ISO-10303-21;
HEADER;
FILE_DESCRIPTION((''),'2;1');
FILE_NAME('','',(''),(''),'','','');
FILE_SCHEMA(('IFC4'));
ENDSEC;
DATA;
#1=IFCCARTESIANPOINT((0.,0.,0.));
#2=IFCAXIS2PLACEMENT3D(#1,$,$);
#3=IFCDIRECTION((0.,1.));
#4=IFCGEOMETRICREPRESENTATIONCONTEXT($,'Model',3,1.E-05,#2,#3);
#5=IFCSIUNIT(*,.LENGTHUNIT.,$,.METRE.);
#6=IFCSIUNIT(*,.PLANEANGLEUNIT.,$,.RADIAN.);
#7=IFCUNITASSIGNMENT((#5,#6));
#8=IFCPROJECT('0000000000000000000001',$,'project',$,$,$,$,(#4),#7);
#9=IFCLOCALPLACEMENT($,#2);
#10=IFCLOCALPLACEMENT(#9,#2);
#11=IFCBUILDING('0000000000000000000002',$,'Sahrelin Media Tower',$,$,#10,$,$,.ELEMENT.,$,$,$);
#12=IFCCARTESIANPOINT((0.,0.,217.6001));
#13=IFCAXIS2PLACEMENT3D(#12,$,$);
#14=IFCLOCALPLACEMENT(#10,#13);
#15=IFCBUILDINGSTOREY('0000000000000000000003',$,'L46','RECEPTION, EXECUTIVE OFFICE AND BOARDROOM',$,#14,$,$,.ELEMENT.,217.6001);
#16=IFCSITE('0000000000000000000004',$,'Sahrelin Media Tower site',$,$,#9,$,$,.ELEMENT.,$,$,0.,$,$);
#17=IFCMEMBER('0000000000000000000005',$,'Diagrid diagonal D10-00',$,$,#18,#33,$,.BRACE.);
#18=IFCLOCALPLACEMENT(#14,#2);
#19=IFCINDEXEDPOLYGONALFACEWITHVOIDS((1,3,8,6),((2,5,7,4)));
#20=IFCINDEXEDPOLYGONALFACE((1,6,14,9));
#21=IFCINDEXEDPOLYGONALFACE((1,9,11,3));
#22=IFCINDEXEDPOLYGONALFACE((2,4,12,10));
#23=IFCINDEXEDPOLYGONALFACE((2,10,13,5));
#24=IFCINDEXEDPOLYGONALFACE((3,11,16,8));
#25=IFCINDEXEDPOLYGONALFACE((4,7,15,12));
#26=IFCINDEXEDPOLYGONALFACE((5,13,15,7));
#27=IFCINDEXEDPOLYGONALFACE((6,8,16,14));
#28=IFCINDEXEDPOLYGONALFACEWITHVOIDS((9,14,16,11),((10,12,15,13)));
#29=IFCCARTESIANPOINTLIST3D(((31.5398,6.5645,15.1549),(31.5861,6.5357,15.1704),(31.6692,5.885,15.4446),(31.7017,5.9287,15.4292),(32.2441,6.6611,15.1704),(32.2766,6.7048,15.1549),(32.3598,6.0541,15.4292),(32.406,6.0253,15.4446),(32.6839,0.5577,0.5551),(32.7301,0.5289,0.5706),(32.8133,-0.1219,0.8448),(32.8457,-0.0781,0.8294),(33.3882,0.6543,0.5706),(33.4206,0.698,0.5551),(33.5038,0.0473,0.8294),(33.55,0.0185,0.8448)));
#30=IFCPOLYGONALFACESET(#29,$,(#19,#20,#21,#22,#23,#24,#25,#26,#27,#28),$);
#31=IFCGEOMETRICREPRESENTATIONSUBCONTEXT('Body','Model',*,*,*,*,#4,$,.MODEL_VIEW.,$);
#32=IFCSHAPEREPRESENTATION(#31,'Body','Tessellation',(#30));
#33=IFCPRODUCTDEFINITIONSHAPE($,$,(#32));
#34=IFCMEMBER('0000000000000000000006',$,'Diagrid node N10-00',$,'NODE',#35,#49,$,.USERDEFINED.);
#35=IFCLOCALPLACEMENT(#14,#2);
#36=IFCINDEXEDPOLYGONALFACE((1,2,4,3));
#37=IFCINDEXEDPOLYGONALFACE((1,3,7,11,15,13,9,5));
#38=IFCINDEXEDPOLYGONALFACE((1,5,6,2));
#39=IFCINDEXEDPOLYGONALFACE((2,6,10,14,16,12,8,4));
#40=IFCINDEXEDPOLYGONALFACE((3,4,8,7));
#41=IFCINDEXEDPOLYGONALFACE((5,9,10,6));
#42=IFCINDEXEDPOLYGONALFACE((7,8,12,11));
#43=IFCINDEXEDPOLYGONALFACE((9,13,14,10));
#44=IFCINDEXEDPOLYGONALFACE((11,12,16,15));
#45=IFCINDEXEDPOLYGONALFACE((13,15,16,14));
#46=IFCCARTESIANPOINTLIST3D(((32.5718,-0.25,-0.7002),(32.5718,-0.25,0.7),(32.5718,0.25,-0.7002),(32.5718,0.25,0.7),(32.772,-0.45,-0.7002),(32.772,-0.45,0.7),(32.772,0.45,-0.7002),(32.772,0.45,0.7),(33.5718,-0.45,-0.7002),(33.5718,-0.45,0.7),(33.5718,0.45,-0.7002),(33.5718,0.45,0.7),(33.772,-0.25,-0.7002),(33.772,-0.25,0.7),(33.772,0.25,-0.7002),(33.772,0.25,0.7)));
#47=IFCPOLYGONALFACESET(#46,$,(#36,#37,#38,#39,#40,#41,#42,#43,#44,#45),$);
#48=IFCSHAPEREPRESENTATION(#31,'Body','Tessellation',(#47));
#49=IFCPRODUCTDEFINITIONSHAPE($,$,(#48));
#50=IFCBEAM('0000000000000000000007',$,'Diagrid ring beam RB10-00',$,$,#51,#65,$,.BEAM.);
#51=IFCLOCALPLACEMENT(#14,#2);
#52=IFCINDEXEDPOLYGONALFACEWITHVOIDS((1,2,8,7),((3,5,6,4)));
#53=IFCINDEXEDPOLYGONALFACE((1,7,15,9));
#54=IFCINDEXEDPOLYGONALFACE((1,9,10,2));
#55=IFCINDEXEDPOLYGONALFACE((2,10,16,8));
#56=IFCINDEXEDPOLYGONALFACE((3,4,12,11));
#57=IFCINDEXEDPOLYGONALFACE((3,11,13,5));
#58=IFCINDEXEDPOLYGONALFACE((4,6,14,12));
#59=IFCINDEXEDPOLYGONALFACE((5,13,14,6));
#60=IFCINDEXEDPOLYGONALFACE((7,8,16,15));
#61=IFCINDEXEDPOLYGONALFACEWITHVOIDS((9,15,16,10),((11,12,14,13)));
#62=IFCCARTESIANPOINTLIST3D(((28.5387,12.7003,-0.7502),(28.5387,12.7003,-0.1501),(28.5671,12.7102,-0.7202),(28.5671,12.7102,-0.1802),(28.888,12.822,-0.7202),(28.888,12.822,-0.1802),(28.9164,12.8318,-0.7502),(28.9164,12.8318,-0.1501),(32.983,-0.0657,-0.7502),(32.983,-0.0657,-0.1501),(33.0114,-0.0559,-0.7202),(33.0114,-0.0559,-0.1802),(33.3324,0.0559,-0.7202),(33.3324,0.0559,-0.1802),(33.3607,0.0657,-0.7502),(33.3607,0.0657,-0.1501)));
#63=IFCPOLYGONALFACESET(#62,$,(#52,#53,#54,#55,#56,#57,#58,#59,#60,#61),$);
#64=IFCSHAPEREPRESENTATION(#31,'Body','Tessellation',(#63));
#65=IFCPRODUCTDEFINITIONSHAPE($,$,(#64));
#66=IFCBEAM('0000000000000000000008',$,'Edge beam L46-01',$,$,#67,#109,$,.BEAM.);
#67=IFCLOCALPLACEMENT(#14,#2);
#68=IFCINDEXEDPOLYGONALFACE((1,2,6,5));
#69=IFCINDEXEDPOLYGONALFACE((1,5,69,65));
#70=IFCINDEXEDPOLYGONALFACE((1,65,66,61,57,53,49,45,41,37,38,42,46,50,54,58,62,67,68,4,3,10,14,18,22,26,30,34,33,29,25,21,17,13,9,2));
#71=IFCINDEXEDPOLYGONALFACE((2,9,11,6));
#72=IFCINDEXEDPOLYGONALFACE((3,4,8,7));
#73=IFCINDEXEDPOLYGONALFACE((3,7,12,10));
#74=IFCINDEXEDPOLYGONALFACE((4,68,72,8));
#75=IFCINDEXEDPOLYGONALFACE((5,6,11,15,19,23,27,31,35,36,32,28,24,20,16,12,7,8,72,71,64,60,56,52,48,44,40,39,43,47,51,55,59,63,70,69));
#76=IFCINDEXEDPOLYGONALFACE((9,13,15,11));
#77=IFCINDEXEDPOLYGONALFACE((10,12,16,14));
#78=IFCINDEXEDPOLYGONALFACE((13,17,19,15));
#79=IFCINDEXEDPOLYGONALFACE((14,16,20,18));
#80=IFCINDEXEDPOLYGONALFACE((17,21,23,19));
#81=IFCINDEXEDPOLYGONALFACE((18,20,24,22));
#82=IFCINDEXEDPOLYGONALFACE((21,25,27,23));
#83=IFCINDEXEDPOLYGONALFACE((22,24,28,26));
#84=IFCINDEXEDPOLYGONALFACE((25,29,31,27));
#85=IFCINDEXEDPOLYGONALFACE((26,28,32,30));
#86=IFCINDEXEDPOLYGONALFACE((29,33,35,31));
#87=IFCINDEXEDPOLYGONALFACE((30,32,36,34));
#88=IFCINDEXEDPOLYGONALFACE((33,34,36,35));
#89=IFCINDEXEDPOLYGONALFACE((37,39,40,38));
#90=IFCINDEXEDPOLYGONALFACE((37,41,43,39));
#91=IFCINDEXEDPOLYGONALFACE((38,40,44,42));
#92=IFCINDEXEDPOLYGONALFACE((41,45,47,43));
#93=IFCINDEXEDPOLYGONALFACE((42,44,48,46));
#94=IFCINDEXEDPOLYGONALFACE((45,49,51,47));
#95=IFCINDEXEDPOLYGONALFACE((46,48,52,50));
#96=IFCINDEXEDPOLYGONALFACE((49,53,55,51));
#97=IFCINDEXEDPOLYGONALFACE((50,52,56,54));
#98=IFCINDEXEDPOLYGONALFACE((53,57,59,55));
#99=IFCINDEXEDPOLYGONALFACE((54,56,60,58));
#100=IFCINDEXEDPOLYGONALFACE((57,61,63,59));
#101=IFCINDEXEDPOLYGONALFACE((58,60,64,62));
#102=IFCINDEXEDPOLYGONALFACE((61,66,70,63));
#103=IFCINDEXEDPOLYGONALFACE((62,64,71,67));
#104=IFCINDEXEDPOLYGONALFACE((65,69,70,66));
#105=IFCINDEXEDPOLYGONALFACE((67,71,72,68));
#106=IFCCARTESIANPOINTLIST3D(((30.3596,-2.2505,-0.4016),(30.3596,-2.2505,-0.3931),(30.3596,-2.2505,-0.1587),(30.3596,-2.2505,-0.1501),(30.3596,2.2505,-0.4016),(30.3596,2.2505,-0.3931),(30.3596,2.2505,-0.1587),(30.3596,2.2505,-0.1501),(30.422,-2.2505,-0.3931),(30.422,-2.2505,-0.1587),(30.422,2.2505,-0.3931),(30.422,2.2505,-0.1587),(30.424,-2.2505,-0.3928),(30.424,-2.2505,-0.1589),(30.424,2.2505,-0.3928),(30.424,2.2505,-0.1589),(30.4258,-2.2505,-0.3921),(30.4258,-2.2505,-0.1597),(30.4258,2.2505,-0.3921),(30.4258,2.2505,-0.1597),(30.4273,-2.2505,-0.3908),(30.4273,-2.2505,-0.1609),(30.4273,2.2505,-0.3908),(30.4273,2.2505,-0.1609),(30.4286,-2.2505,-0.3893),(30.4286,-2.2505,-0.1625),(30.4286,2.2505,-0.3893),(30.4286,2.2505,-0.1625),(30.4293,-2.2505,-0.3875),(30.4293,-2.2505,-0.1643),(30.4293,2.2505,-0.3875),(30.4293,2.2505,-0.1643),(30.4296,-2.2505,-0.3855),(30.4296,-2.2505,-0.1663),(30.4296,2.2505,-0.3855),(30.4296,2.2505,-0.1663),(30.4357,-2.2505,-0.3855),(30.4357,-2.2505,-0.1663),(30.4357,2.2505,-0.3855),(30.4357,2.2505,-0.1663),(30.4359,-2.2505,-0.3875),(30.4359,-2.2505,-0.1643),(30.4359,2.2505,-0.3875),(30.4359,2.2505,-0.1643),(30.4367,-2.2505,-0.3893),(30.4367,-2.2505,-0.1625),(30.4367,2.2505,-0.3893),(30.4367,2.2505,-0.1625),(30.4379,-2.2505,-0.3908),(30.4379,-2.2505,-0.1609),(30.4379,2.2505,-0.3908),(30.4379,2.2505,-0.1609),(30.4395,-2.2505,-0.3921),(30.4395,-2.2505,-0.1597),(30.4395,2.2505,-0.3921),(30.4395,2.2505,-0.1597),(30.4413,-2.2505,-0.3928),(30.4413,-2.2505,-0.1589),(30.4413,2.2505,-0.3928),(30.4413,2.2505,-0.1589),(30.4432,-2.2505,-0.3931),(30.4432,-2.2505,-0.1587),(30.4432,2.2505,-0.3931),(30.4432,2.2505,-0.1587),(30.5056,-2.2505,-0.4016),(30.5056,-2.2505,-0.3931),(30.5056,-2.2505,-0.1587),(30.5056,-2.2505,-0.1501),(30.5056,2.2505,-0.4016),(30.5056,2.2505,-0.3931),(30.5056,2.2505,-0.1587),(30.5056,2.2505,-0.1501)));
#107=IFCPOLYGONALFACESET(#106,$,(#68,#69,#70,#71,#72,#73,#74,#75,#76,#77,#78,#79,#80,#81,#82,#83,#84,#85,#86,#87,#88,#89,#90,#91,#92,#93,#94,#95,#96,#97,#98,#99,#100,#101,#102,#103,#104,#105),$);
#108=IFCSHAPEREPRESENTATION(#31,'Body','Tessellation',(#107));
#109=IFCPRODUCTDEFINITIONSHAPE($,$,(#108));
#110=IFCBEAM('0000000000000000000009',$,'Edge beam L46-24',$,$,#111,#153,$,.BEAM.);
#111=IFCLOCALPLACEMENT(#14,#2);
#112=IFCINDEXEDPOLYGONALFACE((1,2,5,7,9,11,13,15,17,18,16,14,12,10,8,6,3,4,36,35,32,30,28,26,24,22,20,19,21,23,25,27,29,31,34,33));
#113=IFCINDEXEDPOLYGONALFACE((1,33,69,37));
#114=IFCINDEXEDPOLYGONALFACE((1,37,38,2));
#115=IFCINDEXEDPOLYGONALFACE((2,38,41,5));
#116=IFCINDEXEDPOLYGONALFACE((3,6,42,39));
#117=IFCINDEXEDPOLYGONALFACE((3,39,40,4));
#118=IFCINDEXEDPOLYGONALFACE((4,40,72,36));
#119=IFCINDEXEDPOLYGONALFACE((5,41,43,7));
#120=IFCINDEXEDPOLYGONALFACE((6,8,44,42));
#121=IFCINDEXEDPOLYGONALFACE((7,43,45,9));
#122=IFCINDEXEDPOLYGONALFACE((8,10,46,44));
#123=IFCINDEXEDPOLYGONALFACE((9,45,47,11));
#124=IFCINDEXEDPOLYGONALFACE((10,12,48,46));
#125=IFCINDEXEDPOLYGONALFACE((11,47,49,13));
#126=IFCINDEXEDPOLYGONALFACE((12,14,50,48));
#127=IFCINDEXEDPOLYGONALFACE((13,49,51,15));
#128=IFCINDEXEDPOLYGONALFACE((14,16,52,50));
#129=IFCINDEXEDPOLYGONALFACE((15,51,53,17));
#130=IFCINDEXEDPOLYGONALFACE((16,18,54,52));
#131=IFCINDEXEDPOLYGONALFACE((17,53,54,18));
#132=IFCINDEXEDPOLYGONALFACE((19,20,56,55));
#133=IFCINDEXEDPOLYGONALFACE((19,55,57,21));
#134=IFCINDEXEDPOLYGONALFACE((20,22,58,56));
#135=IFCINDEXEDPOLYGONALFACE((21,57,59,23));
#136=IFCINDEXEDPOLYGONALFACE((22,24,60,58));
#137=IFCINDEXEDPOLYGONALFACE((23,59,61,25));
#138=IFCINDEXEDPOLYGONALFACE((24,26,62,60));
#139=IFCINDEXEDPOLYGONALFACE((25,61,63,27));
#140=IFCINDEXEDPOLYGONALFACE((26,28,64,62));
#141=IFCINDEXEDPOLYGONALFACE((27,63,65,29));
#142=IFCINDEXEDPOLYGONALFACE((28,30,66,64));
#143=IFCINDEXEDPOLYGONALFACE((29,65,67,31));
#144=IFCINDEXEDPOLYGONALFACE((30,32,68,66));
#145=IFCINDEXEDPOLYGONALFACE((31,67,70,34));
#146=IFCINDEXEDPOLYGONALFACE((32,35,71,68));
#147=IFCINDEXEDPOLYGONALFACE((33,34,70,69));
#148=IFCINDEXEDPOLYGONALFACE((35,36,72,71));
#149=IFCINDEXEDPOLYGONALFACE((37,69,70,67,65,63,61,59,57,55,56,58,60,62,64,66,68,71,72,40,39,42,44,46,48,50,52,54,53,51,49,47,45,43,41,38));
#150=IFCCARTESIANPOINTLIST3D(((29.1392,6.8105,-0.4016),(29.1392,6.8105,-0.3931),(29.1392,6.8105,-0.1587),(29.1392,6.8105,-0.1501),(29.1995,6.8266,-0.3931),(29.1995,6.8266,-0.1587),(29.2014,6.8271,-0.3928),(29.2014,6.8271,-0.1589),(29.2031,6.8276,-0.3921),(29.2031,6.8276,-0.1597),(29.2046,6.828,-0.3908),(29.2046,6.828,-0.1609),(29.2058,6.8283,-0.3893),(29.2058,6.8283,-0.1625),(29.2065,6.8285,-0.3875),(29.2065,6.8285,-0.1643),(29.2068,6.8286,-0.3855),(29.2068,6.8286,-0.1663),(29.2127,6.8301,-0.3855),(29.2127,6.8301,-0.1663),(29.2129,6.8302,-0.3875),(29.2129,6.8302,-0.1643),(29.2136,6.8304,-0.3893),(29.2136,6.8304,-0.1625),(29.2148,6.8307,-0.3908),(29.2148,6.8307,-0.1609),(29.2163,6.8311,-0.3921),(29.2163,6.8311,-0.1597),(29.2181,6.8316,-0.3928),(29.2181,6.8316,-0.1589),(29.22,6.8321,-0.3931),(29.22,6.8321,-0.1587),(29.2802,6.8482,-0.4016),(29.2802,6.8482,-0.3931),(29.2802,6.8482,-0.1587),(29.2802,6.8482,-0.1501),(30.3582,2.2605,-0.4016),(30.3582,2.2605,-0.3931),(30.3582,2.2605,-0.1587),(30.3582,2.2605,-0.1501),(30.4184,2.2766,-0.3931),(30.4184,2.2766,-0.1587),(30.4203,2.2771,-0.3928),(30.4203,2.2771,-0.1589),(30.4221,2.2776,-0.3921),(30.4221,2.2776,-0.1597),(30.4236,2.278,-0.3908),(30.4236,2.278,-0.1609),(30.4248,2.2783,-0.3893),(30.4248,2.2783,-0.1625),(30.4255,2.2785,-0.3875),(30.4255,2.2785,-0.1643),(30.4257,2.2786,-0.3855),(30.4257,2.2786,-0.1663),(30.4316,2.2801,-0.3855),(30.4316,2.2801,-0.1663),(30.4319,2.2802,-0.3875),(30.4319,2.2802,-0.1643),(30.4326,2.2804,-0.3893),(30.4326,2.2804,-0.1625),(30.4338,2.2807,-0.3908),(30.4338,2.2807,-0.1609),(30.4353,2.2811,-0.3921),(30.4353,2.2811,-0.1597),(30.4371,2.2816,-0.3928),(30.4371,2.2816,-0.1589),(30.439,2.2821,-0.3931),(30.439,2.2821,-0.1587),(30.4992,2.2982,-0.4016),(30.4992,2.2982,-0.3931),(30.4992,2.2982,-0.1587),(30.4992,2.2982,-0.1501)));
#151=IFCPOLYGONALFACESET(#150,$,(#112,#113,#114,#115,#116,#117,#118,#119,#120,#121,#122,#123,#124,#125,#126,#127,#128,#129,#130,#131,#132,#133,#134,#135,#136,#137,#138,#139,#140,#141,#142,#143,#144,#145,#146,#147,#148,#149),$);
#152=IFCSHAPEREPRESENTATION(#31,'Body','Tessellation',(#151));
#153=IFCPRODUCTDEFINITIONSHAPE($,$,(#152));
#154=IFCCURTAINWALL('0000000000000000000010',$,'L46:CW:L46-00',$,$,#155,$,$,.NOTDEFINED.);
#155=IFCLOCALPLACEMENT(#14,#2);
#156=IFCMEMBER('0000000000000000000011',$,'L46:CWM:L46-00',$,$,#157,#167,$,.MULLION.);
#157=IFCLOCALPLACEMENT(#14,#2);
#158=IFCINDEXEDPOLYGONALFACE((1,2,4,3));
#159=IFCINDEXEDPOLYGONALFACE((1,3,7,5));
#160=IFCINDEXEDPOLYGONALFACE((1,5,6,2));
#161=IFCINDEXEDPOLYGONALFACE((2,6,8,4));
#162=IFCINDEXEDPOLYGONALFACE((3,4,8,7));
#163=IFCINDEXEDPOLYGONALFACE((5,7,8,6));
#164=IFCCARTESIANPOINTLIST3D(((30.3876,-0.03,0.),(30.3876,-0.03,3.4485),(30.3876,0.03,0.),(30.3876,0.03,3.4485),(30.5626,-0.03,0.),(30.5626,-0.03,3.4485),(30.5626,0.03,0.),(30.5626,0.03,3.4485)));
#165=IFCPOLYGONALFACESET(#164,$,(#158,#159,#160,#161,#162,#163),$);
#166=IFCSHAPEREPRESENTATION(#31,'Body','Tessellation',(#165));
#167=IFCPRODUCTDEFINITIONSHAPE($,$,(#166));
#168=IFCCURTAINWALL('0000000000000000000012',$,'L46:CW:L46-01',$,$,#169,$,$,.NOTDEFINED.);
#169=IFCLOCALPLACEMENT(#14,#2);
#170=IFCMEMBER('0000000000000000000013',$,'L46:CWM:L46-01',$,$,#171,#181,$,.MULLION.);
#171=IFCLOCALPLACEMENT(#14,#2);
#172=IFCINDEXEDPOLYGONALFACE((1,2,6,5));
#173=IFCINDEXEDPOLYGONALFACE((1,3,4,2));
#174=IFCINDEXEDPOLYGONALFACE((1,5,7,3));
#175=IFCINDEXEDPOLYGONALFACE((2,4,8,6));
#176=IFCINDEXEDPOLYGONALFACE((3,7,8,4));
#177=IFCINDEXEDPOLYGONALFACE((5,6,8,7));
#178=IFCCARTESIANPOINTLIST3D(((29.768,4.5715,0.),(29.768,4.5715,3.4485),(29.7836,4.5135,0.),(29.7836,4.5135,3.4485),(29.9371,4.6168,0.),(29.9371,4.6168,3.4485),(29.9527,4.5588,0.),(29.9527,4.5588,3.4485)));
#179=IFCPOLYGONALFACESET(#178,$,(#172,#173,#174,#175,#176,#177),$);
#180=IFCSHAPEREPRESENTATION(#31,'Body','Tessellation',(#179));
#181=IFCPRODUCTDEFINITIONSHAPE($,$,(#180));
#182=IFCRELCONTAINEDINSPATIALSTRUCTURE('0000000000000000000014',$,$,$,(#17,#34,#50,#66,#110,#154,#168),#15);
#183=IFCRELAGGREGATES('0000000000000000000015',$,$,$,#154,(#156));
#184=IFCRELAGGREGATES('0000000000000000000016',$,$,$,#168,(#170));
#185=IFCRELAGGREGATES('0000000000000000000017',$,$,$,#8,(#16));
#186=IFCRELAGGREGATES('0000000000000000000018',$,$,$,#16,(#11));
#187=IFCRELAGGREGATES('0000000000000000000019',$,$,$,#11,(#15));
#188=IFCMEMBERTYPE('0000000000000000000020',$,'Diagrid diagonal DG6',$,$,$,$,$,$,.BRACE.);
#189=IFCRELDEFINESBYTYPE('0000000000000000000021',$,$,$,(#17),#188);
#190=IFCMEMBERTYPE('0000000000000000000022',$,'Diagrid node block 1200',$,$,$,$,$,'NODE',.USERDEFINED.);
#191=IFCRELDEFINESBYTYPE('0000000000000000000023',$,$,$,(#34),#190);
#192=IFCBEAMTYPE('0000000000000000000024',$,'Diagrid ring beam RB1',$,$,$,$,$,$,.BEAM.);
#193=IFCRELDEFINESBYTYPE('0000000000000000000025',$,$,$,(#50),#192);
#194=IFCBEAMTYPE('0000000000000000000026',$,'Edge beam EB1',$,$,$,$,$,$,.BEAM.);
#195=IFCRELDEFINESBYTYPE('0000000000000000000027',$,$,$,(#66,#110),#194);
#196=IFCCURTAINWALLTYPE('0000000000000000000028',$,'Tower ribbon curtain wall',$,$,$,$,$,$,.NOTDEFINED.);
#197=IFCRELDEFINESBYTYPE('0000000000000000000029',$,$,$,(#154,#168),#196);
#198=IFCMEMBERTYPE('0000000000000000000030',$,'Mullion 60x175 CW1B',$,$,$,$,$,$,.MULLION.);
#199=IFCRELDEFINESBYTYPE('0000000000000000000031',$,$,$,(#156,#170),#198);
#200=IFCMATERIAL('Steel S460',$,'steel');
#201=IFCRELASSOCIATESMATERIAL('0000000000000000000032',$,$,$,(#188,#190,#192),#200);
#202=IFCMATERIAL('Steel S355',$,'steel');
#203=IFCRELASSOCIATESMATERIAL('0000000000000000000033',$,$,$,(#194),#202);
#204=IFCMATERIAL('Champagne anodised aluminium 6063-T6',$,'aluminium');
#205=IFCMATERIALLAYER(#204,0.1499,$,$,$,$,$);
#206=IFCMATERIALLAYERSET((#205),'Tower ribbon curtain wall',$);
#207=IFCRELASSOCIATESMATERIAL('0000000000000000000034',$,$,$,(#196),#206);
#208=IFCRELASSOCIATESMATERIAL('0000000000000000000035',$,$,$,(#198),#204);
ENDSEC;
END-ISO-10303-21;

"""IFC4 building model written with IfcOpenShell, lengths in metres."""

from ifc_helpers import new_model, si_unit, direction, frame, origin, origin_2d, place, context, subcontext, project, spatial, polyline, rectangle, hollow_rectangle, i_section, outline, extrude, material, layer, layer_set, material_profile, profile_set, type_object, element, aggregate, save


model = new_model("IFC4")

# Units and contexts
model_context = context("Model", 3, precision=1e-05, world=origin(), true_north=direction((0.0, 1.0)))
body_context = subcontext(model_context, "Body", "Model", "MODEL_VIEW")
ifc_project = project(units=[si_unit("LENGTHUNIT", "METRE"), si_unit("PLANEANGLEUNIT", "RADIAN")], contexts=[model_context])

# Site, building, storey
site_placement = place(None, origin())
site = spatial("IfcSite", under=ifc_project, at=site_placement, Name="Sahrelin Media Tower site", CompositionType="ELEMENT", RefElevation=0.0)
building_placement = place(site_placement, origin())
building = spatial("IfcBuilding", under=site, at=building_placement, Name="Sahrelin Media Tower", CompositionType="ELEMENT")
storey_placement = place(building_placement, frame((0.0, 0.0, 217.6001)))
storey = spatial("IfcBuildingStorey", under=building, at=storey_placement, Name="L46", Description="RECEPTION, EXECUTIVE OFFICE AND BOARDROOM", CompositionType="ELEMENT", Elevation=217.6001)

# Members
ifc_material_1 = material(Name="Steel S460", Category="steel")
ifc_material_profile_1 = material_profile(ifc_material_1, hollow_rectangle(XDim=0.75, YDim=0.75, WallThickness=0.04, at=origin_2d()), Name="Diagrid diagonal DG6")
ifc_profile_set_1 = profile_set([ifc_material_profile_1], Name="Steel S460")
member_type_1 = type_object("IfcMemberType", Name="Diagrid diagonal DG6", PredefinedType="BRACE", material=ifc_profile_set_1)
member_1_placement = place(storey_placement, frame((33.1169, 0.2881, 0.7), z_axis=(-0.072277, 0.379491, 0.922368), x_axis=(-0.982342, -0.187094, 0.0)))
element("IfcMember", 1, at=member_1_placement, inside=storey, type_object=member_type_1, Name="Diagrid diagonal D10-00", PredefinedType="BRACE", context=body_context, shape_type="SweptSolid", body=[
    extrude(hollow_rectangle(XDim=0.75, YDim=0.75, WallThickness=0.04, at=origin_2d()), origin(), (0.0, 0.0, 1.0), 15.8286),
])
ifc_material_profile_2 = material_profile(ifc_material_1, outline(polyline([(0.3999, -0.45), (0.6001, -0.25), (0.6001, 0.25), (0.3999, 0.45), (-0.3999, 0.45), (-0.6001, 0.25), (-0.6001, -0.25), (-0.3999, -0.45), (0.3999, -0.45)])), Name="Diagrid node block 1200")
ifc_profile_set_2 = profile_set([ifc_material_profile_2], Name="Steel S460")
member_type_2 = type_object("IfcMemberType", Name="Diagrid node block 1200", ElementType="NODE", PredefinedType="USERDEFINED", material=ifc_profile_set_2)
member_2_placement = place(storey_placement, frame((33.1719, 0.0, -0.7002), z_axis=(0.0, 0.0, 1.0), x_axis=(1.0, 0.0, 0.0)))
element("IfcMember", 2, at=member_2_placement, inside=storey, type_object=member_type_2, Name="Diagrid node N10-00", ObjectType="NODE", PredefinedType="USERDEFINED", context=body_context, shape_type="SweptSolid", body=[
    extrude(outline(polyline([(0.3999, -0.45), (0.6001, -0.25), (0.6001, 0.25), (0.3999, 0.45), (-0.3999, 0.45), (-0.6001, 0.25), (-0.6001, -0.25), (-0.3999, -0.45), (0.3999, -0.45)])), origin(), (0.0, 0.0, 1.0), 1.4001),
])

# Beams
ifc_material_profile_3 = material_profile(ifc_material_1, hollow_rectangle(XDim=0.3999, YDim=0.6001, WallThickness=0.03, at=origin_2d()), Name="Diagrid ring beam RB1")
ifc_profile_set_3 = profile_set([ifc_material_profile_3], Name="Steel S460")
beam_type_1 = type_object("IfcBeamType", Name="Diagrid ring beam RB1", PredefinedType="BEAM", material=ifc_profile_set_3)
beam_1_placement = place(storey_placement, frame((33.1719, 0.0, -0.4502), z_axis=(-0.328781, 0.944406, 0.0), x_axis=(-0.944406, -0.328781, 0.0)))
element("IfcBeam", 3, at=beam_1_placement, inside=storey, type_object=beam_type_1, Name="Diagrid ring beam RB10-00", PredefinedType="BEAM", context=body_context, shape_type="SweptSolid", body=[
    extrude(hollow_rectangle(XDim=0.3999, YDim=0.6001, WallThickness=0.03, at=origin_2d()), origin(), (0.0, 0.0, 1.0), 13.5176),
])
ifc_material_2 = material(Name="Steel S355", Category="steel")
ifc_material_profile_4 = material_profile(ifc_material_2, i_section(OverallWidth=0.146, OverallDepth=0.2515, WebThickness=0.0061, FlangeThickness=0.0085, FilletRadius=0.0076, at=origin_2d()), Name="UB 254x146x31")
ifc_profile_set_4 = profile_set([ifc_material_profile_4], Name="Steel S355")
beam_type_2 = type_object("IfcBeamType", Name="Edge beam EB1", PredefinedType="BEAM", material=ifc_profile_set_4)
beam_2_placement = place(storey_placement, frame((30.4326, 2.2505, -0.2759), z_axis=(0.0, -1.0, 0.0), x_axis=(1.0, 0.0, 0.0)))
element("IfcBeam", 4, at=beam_2_placement, inside=storey, type_object=beam_type_2, Name="Edge beam L46-01", PredefinedType="BEAM", context=body_context, shape_type="SweptSolid", body=[
    extrude(i_section(OverallWidth=0.146, OverallDepth=0.2515, WebThickness=0.0061, FlangeThickness=0.0085, FilletRadius=0.0076, at=origin_2d()), origin(), (0.0, 0.0, 1.0), 4.501),
])
beam_3_placement = place(storey_placement, frame((29.2097, 6.8293, -0.2759), z_axis=(0.258782, -0.965936, 0.0), x_axis=(0.965936, 0.258782, 0.0)))
element("IfcBeam", 5, at=beam_3_placement, inside=storey, type_object=beam_type_2, Name="Edge beam L46-24", PredefinedType="BEAM", context=body_context, shape_type="SweptSolid", body=[
    extrude(i_section(OverallWidth=0.146, OverallDepth=0.2515, WebThickness=0.0061, FlangeThickness=0.0085, FilletRadius=0.0076, at=origin_2d()), origin(), (0.0, 0.0, 1.0), 4.7104),
])

# Curtain walls, members
ifc_material_3 = material(Name="Champagne anodised aluminium 6063-T6", Category="aluminium")
ifc_layer_1 = layer(ifc_material_3, 0.1499)
ifc_layer_set_1 = layer_set([ifc_layer_1], Name="Tower ribbon curtain wall")
curtain_wall_type = type_object("IfcCurtainWallType", Name="Tower ribbon curtain wall", PredefinedType="NOTDEFINED", material=ifc_layer_set_1)
curtain_wall_1_placement = place(storey_placement, frame((30.5825, 0.0, 0.0), z_axis=(0.0, 0.0, 1.0), x_axis=(1.0, 0.0, 0.0)))
curtain_wall_1 = element("IfcCurtainWall", 6, at=curtain_wall_1_placement, inside=storey, type_object=curtain_wall_type, Name="L46:CW:L46-00", PredefinedType="NOTDEFINED")
ifc_material_profile_5 = material_profile(ifc_material_3, rectangle(XDim=0.0601, YDim=0.175, at=origin_2d()), Name="Mullion 60x175")
ifc_profile_set_5 = profile_set([ifc_material_profile_5], Name="Champagne anodised aluminium 6063-T6")
member_type_3 = type_object("IfcMemberType", Name="Mullion 60x175 CW1B", PredefinedType="MULLION", material=ifc_profile_set_5)
member_3_placement = place(storey_placement, frame((30.4751, 0.0, 0.0), z_axis=(0.0, 0.0, 1.0), x_axis=(0.0, 1.0, 0.0)))
member_3 = element("IfcMember", 7, at=member_3_placement, type_object=member_type_3, Name="L46:CWM:L46-00", PredefinedType="MULLION", context=body_context, shape_type="SweptSolid", body=[
    extrude(rectangle(XDim=0.0601, YDim=0.175, at=origin_2d()), origin(), (0.0, 0.0, 1.0), 3.4485),
])
aggregate(curtain_wall_1, [member_3])
curtain_wall_2_placement = place(storey_placement, frame((29.9641, 4.593, 0.0), z_axis=(0.0, 0.0, 1.0), x_axis=(1.0, 0.0, 0.0)))
curtain_wall_2 = element("IfcCurtainWall", 8, at=curtain_wall_2_placement, inside=storey, type_object=curtain_wall_type, Name="L46:CW:L46-01", PredefinedType="NOTDEFINED")
member_4_placement = place(storey_placement, frame((29.8604, 4.5652, 0.0), z_axis=(0.0, 0.0, 1.0), x_axis=(-0.258812, 0.965928, 0.0)))
member_4 = element("IfcMember", 9, at=member_4_placement, type_object=member_type_3, Name="L46:CWM:L46-01", PredefinedType="MULLION", context=body_context, shape_type="SweptSolid", body=[
    extrude(rectangle(XDim=0.0601, YDim=0.175, at=origin_2d()), origin(), (0.0, 0.0, 1.0), 3.4485),
])

aggregate(curtain_wall_2, [member_4])

save(model, "model.ifc")
